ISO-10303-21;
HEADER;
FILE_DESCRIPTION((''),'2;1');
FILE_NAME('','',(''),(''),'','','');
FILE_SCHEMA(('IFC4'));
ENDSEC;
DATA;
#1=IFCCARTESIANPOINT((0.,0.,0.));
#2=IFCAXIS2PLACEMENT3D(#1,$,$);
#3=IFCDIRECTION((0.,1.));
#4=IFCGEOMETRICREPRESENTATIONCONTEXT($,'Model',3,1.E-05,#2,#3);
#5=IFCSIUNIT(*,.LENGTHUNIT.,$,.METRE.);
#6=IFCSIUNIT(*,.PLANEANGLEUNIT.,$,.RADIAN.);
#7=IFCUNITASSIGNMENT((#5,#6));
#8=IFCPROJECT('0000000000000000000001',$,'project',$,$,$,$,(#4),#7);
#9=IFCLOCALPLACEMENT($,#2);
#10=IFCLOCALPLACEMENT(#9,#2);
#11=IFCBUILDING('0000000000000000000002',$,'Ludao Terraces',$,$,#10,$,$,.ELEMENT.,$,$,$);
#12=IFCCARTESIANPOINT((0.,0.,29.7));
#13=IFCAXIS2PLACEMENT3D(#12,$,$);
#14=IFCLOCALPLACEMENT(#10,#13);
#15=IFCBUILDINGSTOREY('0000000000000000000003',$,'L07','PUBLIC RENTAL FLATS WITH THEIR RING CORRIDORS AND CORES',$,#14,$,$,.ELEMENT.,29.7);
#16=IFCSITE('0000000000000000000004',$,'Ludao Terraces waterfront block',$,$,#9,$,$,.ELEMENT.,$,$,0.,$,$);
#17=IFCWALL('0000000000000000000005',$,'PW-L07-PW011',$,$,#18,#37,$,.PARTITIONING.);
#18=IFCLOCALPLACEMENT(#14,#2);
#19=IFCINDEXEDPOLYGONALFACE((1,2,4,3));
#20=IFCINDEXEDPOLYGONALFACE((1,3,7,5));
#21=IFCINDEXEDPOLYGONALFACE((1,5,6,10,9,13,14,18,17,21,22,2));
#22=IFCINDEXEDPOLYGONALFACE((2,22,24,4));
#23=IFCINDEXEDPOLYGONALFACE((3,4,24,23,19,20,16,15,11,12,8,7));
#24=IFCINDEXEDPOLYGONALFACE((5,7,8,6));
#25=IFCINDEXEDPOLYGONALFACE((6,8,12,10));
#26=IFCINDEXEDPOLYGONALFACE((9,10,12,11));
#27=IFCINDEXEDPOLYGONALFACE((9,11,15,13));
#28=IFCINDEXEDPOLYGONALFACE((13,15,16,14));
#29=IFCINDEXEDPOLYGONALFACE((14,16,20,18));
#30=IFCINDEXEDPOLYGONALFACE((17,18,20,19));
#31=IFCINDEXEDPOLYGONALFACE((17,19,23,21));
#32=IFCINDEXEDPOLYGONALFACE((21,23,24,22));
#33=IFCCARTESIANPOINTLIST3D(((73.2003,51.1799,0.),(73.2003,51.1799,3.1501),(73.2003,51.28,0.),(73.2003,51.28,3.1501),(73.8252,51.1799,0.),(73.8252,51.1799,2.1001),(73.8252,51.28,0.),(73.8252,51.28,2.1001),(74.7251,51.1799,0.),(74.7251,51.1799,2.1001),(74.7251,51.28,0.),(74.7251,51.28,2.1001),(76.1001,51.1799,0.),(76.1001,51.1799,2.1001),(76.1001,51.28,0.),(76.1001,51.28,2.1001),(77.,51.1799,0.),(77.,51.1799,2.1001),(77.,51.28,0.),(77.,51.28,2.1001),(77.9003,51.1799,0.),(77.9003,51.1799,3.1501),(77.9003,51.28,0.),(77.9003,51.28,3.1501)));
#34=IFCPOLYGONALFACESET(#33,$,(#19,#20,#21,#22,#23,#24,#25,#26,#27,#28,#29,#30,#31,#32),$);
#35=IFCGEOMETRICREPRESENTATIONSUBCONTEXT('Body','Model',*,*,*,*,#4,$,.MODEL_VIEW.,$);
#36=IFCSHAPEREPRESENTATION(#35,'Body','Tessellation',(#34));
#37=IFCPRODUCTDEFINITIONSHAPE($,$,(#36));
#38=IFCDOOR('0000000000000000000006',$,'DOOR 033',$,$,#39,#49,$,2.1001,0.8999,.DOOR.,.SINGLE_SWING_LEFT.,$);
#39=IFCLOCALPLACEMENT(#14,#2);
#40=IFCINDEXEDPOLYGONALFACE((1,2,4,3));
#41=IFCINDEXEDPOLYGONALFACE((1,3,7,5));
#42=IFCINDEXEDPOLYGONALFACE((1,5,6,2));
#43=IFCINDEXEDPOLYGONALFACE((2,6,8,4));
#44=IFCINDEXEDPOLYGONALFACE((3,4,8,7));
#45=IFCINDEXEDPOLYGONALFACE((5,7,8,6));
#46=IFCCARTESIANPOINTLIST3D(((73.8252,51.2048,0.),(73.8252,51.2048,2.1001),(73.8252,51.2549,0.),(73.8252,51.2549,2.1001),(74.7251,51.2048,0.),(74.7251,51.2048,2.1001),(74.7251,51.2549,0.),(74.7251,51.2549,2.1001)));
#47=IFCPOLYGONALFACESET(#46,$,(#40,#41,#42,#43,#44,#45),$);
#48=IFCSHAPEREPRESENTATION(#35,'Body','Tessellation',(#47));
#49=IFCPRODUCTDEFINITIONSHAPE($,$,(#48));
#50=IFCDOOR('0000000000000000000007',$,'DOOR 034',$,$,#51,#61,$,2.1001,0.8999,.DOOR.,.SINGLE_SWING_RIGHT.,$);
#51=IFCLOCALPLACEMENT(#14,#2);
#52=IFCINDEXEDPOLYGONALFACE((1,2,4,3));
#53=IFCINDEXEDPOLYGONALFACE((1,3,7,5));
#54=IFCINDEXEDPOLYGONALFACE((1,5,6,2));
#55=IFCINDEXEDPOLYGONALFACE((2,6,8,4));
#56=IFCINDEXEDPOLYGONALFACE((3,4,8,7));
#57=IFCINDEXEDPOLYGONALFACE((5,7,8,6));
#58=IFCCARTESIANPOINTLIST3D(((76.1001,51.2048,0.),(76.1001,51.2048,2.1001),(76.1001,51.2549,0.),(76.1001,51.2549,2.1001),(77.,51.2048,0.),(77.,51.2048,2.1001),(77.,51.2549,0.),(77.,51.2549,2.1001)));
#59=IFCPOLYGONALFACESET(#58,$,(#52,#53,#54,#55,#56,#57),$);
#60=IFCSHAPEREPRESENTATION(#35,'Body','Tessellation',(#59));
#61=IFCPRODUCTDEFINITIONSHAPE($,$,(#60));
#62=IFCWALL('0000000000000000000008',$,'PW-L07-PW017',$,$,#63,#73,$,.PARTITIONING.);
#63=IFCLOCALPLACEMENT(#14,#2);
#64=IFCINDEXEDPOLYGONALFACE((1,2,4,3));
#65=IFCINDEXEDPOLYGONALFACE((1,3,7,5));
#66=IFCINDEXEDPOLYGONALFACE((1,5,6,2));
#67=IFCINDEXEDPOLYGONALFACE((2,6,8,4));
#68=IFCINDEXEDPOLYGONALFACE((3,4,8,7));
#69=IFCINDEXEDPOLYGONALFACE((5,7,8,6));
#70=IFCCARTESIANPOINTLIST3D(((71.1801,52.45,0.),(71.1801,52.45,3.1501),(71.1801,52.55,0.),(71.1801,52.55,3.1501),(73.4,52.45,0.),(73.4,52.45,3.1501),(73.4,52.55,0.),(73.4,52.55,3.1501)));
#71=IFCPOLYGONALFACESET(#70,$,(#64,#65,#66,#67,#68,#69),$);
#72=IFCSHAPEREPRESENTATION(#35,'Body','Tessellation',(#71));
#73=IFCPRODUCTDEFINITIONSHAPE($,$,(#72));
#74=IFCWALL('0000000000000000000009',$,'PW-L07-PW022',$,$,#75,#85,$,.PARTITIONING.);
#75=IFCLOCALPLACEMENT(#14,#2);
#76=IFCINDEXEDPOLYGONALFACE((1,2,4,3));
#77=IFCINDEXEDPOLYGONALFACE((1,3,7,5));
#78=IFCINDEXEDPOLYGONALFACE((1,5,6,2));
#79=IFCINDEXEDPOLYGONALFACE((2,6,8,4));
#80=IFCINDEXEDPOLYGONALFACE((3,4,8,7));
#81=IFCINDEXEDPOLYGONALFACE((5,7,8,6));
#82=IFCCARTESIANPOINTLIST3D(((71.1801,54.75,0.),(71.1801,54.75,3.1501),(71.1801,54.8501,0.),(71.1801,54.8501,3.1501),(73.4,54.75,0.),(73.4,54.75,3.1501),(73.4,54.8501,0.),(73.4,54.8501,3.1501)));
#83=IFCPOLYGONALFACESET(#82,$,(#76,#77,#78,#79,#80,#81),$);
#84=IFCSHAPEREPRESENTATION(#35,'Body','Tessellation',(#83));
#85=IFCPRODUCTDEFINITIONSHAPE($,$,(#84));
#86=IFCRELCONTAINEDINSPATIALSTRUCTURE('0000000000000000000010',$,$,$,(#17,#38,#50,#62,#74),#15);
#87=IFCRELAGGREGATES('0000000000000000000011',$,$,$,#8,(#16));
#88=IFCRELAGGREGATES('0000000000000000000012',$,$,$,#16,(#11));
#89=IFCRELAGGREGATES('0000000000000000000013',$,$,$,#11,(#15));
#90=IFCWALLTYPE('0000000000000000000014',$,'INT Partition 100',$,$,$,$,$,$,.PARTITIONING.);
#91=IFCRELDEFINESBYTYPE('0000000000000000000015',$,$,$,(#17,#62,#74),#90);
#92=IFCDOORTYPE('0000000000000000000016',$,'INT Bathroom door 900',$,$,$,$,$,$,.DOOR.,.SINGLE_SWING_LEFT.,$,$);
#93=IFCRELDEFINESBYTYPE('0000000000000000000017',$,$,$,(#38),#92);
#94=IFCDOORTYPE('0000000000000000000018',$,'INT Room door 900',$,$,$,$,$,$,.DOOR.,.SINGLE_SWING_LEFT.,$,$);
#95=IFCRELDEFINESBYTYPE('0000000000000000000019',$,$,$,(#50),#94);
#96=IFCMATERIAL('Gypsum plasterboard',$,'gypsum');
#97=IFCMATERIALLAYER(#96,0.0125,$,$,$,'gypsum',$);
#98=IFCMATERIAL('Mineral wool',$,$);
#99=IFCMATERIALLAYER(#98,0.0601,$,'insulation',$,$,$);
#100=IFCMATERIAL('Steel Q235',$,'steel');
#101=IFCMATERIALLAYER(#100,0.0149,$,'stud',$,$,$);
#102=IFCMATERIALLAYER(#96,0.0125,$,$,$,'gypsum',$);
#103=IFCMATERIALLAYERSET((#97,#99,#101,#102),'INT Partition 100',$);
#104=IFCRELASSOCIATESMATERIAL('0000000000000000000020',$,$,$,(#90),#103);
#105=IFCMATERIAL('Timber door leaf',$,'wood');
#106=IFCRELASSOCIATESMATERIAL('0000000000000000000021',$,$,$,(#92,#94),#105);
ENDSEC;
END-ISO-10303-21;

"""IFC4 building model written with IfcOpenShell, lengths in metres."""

from ifc_helpers import new_model, si_unit, direction, frame, frame_2d, origin, place, context, subcontext, project, spatial, rectangle, extrude, material, layer, layer_set, type_object, element, fill, save


model = new_model("IFC4")

# Units and contexts
model_context = context("Model", 3, precision=1e-05, world=origin(), true_north=direction((0.0, 1.0)))
body_context = subcontext(model_context, "Body", "Model", "MODEL_VIEW")
ifc_project = project(units=[si_unit("LENGTHUNIT", "METRE"), si_unit("PLANEANGLEUNIT", "RADIAN")], contexts=[model_context])

# Site, building, storey
site_placement = place(None, origin())
site = spatial("IfcSite", under=ifc_project, at=site_placement, Name="Ludao Terraces waterfront block", CompositionType="ELEMENT", RefElevation=0.0)
building_placement = place(site_placement, origin())
building = spatial("IfcBuilding", under=site, at=building_placement, Name="Ludao Terraces", CompositionType="ELEMENT")
storey_placement = place(building_placement, frame((0.0, 0.0, 29.7)))
storey = spatial("IfcBuildingStorey", under=building, at=storey_placement, Name="L07", Description="PUBLIC RENTAL FLATS WITH THEIR RING CORRIDORS AND CORES", CompositionType="ELEMENT", Elevation=29.7)

# Shared definitions
ifc_material_1 = material(Name="Steel Q235", Category="steel")

# Shared definitions
ifc_material_2 = material(Name="Gypsum plasterboard", Category="gypsum")
ifc_layer_1 = layer(ifc_material_2, 0.0125, Category="gypsum")
ifc_material_3 = material(Name="Mineral wool")
ifc_layer_2 = layer(ifc_material_3, 0.0601, Name="insulation")
ifc_layer_3 = layer(ifc_material_1, 0.0149, Name="stud")
ifc_layer_4 = layer(ifc_material_2, 0.0125, Category="gypsum")
ifc_layer_set_1 = layer_set([ifc_layer_1, ifc_layer_2, ifc_layer_3, ifc_layer_4], Name="INT Partition 100")
wall_type_1 = type_object("IfcWallType", Name="INT Partition 100", PredefinedType="PARTITIONING", material=ifc_layer_set_1)

# Wall, openings, doors
wall_1_placement = place(storey_placement, frame((73.2002, 51.23, 0.0), z_axis=(0.0, 0.0, 1.0), x_axis=(1.0, 0.0, 0.0)))
wall_1 = element("IfcWall", 1, at=wall_1_placement, inside=storey, type_object=wall_type_1, Name="PW-L07-PW011", PredefinedType="PARTITIONING", context=body_context, shape_type="SweptSolid", body=[
    extrude(rectangle(XDim=4.7, YDim=0.1001, at=frame_2d((2.3501, 0.0))), origin(), (0.0, 0.0, 1.0), 3.1501),
])
opening_1_placement = place(wall_1_placement, frame((0.625, 0.0, 0.0)))
opening_1 = element("IfcOpeningElement", 2, at=opening_1_placement, cuts=wall_1, PredefinedType="OPENING", context=body_context, shape_type="SweptSolid", body=[
    extrude(rectangle(XDim=0.8999, YDim=2.1001, at=frame_2d((0.45, 1.05))), frame((0.0, 0.0601, 0.0), z_axis=(0.0, -1.0, 0.0), x_axis=(1.0, 0.0, 0.0)), (0.0, 0.0, 1.0), 0.1201),
])
opening_2_placement = place(wall_1_placement, frame((2.8999, 0.0, 0.0)))
opening_2 = element("IfcOpeningElement", 3, at=opening_2_placement, cuts=wall_1, PredefinedType="OPENING", context=body_context, shape_type="SweptSolid", body=[
    extrude(rectangle(XDim=0.8999, YDim=2.1001, at=frame_2d((0.45, 1.05))), frame((0.0, 0.0601, 0.0), z_axis=(0.0, -1.0, 0.0), x_axis=(1.0, 0.0, 0.0)), (0.0, 0.0, 1.0), 0.1201),
])
ifc_material_4 = material(Name="Timber door leaf", Category="wood")
door_type_1 = type_object("IfcDoorType", Name="INT Bathroom door 900", OperationType="SINGLE_SWING_LEFT", PredefinedType="DOOR", material=ifc_material_4)
door_1_placement = place(opening_1_placement, origin())
door_1 = element("IfcDoor", 4, at=door_1_placement, inside=storey, type_object=door_type_1, Name="DOOR 033", OperationType="SINGLE_SWING_LEFT", OverallHeight=2.1001, OverallWidth=0.8999, PredefinedType="DOOR", context=body_context, shape_type="SweptSolid", body=[
    extrude(rectangle(XDim=0.8999, YDim=2.1001, at=frame_2d((0.45, 1.05))), frame((0.0, 0.0249, 0.0), z_axis=(0.0, -1.0, 0.0), x_axis=(1.0, 0.0, 0.0)), (0.0, 0.0, 1.0), 0.05),
])
fill(opening_1, door_1)
door_type_2 = type_object("IfcDoorType", Name="INT Room door 900", OperationType="SINGLE_SWING_LEFT", PredefinedType="DOOR", material=ifc_material_4)
door_2_placement = place(opening_2_placement, origin())
door_2 = element("IfcDoor", 5, at=door_2_placement, inside=storey, type_object=door_type_2, Name="DOOR 034", OperationType="SINGLE_SWING_RIGHT", OverallHeight=2.1001, OverallWidth=0.8999, PredefinedType="DOOR", context=body_context, shape_type="SweptSolid", body=[
    extrude(rectangle(XDim=0.8999, YDim=2.1001, at=frame_2d((0.45, 1.05))), frame((0.0, 0.0249, 0.0), z_axis=(0.0, -1.0, 0.0), x_axis=(1.0, 0.0, 0.0)), (0.0, 0.0, 1.0), 0.05),
])
fill(opening_2, door_2)

# Walls
for number, where, z_axis, x_axis, name in (
    (6, (71.1802, 52.5, 0.0), (0.0, 0.0, 1.0), (1.0, 0.0, 0.0), "PW-L07-PW017"),
    (7, (71.1802, 54.8, 0.0), (0.0, 0.0, 1.0), (1.0, 0.0, 0.0), "PW-L07-PW022"),
):
    element("IfcWall", number, at=place(storey_placement, frame(where, z_axis=z_axis, x_axis=x_axis)), inside=storey, type_object=wall_type_1, Name=name, PredefinedType="PARTITIONING", context=body_context, shape_type="SweptSolid", body=[
        extrude(rectangle(XDim=2.22, YDim=0.1001, at=frame_2d((1.1099, 0.0))), origin(), (0.0, 0.0, 1.0), 3.1501),
    ])

save(model, "model.ifc")
